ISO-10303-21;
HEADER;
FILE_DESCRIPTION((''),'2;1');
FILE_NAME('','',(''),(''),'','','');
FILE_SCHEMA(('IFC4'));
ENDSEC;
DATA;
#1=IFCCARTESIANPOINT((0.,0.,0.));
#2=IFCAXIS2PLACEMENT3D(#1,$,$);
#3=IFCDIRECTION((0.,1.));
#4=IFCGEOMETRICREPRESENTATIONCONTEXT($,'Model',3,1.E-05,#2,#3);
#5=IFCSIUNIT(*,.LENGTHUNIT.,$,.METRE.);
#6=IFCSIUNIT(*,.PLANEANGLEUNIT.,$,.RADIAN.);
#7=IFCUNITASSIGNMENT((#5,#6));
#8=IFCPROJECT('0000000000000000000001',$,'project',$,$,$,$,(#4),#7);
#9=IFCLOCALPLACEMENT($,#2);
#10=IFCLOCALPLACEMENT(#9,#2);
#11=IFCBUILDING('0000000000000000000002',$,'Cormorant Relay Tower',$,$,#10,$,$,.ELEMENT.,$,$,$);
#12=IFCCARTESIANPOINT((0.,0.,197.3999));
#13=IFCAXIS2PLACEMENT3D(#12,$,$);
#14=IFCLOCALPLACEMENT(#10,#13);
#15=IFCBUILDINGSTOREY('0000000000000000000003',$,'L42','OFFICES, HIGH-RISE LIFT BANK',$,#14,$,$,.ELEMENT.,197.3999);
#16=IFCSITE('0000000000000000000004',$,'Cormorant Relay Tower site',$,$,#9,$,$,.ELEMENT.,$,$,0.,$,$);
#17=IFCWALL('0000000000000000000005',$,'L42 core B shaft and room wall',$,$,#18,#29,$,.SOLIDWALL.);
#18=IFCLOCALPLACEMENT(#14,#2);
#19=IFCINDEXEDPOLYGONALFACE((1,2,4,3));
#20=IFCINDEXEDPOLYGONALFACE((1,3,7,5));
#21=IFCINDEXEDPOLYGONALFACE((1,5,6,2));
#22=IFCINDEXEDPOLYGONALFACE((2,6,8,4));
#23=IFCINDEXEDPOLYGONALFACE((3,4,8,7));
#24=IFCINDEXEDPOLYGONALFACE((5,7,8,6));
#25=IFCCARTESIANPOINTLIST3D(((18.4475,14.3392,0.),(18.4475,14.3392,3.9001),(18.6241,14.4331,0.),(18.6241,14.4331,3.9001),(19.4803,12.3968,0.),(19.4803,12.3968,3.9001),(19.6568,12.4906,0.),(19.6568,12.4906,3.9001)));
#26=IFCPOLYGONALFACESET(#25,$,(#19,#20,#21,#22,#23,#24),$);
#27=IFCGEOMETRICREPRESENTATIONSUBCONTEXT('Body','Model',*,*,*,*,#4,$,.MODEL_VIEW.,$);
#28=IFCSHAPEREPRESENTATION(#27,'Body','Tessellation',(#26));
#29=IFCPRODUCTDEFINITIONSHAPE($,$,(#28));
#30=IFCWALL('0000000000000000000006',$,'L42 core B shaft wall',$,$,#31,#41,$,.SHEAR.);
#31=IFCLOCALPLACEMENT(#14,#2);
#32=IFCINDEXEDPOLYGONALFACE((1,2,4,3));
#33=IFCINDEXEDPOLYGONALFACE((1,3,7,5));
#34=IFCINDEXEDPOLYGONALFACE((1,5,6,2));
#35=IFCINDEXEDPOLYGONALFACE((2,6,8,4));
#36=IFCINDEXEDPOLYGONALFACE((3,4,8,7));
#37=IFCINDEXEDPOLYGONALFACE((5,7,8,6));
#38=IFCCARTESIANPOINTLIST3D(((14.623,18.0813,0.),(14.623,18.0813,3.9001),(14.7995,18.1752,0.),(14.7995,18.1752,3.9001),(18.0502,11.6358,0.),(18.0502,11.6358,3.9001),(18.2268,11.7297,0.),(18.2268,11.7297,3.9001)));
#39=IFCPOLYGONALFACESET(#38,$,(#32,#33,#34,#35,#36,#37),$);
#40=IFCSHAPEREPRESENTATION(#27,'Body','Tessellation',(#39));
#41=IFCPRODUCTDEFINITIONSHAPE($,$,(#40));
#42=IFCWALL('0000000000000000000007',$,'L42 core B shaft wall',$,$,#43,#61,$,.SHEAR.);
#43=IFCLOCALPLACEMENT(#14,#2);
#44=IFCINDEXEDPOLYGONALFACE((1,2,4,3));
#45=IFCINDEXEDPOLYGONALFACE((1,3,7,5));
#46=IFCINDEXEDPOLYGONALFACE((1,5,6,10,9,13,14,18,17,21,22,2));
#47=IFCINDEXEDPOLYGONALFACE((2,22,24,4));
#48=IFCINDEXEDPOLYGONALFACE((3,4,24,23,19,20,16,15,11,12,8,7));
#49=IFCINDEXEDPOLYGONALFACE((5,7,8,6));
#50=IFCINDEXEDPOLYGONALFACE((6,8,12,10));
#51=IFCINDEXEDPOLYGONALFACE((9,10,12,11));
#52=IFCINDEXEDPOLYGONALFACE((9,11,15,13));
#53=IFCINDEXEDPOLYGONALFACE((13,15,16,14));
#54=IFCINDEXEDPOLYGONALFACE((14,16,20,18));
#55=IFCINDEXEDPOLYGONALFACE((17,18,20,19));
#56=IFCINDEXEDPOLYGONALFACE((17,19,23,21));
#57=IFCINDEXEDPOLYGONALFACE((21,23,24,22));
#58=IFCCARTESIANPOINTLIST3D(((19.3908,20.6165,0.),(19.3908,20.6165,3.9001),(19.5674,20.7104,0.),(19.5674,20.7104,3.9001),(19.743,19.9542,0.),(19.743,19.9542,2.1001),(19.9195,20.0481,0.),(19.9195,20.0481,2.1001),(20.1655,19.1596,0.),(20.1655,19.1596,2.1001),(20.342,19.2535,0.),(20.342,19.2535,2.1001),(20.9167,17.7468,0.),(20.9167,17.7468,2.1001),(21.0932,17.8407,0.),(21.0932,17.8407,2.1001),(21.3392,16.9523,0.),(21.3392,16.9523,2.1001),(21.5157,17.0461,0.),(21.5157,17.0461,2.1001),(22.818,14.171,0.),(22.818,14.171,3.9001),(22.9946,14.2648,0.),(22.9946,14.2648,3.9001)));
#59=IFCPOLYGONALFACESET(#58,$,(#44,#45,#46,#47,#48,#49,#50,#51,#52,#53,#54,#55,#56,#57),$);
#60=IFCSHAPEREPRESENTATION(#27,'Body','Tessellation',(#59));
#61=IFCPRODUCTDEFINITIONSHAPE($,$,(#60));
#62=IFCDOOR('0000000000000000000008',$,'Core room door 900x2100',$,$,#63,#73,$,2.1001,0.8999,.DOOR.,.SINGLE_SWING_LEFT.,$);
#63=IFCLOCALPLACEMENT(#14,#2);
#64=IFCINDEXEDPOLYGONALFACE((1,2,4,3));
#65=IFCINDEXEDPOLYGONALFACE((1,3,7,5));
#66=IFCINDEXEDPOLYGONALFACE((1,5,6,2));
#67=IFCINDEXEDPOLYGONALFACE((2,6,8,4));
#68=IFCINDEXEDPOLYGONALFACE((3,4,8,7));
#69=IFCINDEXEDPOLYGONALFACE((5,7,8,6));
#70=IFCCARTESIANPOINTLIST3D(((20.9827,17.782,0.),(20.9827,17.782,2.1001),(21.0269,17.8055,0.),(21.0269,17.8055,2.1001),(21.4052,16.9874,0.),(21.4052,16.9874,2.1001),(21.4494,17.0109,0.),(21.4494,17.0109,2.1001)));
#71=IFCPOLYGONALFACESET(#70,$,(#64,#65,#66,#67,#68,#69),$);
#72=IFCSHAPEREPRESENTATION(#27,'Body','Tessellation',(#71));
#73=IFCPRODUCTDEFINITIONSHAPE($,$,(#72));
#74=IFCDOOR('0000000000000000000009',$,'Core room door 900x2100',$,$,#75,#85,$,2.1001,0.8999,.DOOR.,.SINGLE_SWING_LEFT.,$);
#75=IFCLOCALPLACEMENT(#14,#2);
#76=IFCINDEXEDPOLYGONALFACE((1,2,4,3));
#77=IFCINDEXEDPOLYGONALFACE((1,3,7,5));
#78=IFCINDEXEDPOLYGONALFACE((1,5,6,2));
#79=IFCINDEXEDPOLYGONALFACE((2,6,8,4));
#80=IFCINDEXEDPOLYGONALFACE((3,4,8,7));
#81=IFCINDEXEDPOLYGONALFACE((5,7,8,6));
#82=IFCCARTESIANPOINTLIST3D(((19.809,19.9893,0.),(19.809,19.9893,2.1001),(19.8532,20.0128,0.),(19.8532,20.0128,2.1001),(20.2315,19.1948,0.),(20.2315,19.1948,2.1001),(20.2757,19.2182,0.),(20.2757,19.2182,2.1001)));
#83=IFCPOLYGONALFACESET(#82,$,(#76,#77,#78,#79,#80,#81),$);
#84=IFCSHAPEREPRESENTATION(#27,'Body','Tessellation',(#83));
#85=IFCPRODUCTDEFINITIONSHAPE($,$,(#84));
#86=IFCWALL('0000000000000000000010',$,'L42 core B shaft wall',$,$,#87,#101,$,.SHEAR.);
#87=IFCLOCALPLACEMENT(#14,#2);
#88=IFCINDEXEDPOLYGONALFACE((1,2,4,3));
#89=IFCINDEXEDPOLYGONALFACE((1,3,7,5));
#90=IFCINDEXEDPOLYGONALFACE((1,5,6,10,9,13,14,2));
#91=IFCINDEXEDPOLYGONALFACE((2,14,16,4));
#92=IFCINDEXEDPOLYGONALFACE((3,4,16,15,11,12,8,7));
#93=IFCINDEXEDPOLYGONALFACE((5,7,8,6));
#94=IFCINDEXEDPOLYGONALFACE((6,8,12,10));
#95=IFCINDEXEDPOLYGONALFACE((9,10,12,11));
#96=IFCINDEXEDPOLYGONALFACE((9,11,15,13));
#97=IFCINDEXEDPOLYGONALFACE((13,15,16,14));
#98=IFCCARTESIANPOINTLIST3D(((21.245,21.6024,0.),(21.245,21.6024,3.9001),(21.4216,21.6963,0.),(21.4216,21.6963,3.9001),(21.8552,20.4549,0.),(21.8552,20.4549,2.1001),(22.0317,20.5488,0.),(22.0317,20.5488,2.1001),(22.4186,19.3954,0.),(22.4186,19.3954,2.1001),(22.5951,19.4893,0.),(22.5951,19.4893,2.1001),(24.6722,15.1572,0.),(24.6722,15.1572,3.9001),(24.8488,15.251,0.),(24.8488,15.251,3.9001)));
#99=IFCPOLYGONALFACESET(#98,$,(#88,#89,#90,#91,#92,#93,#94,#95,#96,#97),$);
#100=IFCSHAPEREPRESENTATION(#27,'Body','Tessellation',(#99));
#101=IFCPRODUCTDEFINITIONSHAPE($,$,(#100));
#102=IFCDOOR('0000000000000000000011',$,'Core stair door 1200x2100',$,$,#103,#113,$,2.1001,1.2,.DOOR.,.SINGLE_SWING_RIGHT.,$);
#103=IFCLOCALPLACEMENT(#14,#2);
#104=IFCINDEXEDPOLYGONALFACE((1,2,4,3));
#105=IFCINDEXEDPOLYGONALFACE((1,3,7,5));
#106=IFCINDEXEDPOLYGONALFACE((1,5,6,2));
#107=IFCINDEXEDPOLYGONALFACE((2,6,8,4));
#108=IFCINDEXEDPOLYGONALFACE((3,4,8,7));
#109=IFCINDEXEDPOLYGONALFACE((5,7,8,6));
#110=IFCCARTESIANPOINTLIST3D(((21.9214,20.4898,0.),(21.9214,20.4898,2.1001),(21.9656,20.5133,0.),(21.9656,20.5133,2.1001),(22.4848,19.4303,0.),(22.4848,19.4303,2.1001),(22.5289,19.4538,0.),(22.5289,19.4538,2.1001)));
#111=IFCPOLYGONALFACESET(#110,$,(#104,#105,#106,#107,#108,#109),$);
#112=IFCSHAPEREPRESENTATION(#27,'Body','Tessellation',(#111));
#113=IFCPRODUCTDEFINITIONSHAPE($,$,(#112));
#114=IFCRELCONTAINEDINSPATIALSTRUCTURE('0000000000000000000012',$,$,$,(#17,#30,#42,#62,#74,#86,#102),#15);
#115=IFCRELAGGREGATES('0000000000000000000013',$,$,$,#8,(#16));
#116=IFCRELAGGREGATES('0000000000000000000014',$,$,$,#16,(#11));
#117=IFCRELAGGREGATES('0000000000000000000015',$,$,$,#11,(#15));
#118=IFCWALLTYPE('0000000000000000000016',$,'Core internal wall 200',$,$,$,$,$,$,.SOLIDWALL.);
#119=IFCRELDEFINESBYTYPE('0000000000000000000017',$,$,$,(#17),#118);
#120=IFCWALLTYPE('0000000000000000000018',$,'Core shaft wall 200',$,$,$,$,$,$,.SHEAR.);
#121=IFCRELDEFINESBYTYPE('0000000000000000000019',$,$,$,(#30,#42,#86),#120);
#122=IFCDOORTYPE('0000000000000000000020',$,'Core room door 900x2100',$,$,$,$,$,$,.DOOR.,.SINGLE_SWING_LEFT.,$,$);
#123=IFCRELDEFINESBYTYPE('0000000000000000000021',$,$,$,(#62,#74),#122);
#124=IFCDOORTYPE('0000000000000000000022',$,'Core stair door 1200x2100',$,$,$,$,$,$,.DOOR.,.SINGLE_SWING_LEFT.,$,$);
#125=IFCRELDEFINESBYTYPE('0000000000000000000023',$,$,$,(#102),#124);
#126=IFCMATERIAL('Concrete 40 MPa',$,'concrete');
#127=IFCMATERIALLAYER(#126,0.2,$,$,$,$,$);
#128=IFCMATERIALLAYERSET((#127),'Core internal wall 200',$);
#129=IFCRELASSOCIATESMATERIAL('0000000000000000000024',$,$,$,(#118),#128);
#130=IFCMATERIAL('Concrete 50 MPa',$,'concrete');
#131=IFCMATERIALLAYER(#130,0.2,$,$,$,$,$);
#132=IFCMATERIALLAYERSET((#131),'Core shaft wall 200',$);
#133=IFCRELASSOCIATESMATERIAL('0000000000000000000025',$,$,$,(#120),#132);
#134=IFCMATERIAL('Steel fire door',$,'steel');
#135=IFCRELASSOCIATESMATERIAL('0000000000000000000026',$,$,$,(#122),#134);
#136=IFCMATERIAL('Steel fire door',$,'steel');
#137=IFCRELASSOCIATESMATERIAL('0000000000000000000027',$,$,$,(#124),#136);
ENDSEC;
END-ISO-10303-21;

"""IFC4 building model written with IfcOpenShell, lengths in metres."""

from ifc_helpers import new_model, si_unit, direction, frame, frame_2d, origin, place, context, subcontext, project, spatial, rectangle, extrude, material, layer, layer_set, type_object, element, fill, save


model = new_model("IFC4")

# Units and contexts
model_context = context("Model", 3, precision=1e-05, world=origin(), true_north=direction((0.0, 1.0)))
body_context = subcontext(model_context, "Body", "Model", "MODEL_VIEW")
ifc_project = project(units=[si_unit("LENGTHUNIT", "METRE"), si_unit("PLANEANGLEUNIT", "RADIAN")], contexts=[model_context])

# Site, building, storey
site_placement = place(None, origin())
site = spatial("IfcSite", under=ifc_project, at=site_placement, Name="Cormorant Relay Tower site", CompositionType="ELEMENT", RefElevation=0.0)
building_placement = place(site_placement, origin())
building = spatial("IfcBuilding", under=site, at=building_placement, Name="Cormorant Relay Tower", CompositionType="ELEMENT")
storey_placement = place(building_placement, frame((0.0, 0.0, 197.3999)))
storey = spatial("IfcBuildingStorey", under=building, at=storey_placement, Name="L42", Description="OFFICES, HIGH-RISE LIFT BANK", CompositionType="ELEMENT", Elevation=197.3999)

# Walls
ifc_material_1 = material(Name="Concrete 40 MPa", Category="concrete")
ifc_layer_1 = layer(ifc_material_1, 0.2)
ifc_layer_set_1 = layer_set([ifc_layer_1], Name="Core internal wall 200")
wall_type_1 = type_object("IfcWallType", Name="Core internal wall 200", PredefinedType="SOLIDWALL", material=ifc_layer_set_1)
wall_1_placement = place(storey_placement, frame((19.5686, 12.4436, 0.0), z_axis=(0.0, 0.0, 1.0), x_axis=(-0.469447, 0.88296, 0.0)))
element("IfcWall", 1, at=wall_1_placement, inside=storey, type_object=wall_type_1, Name="L42 core B shaft and room wall", PredefinedType="SOLIDWALL", context=body_context, shape_type="SweptSolid", body=[
    extrude(rectangle(XDim=2.2, YDim=0.2, at=frame_2d((1.1001, 0.0))), origin(), (0.0, 0.0, 1.0), 3.9001),
])
ifc_material_2 = material(Name="Concrete 50 MPa", Category="concrete")
ifc_layer_2 = layer(ifc_material_2, 0.2)
ifc_layer_set_2 = layer_set([ifc_layer_2], Name="Core shaft wall 200")
wall_type_2 = type_object("IfcWallType", Name="Core shaft wall 200", PredefinedType="SHEAR", material=ifc_layer_set_2)
wall_2_placement = place(storey_placement, frame((18.1384, 11.6829, 0.0), z_axis=(0.0, 0.0, 1.0), x_axis=(-0.46948, 0.882943, 0.0)))
element("IfcWall", 2, at=wall_2_placement, inside=storey, type_object=wall_type_2, Name="L42 core B shaft wall", PredefinedType="SHEAR", context=body_context, shape_type="SweptSolid", body=[
    extrude(rectangle(XDim=7.3, YDim=0.2, at=frame_2d((3.6499, 0.0))), origin(), (0.0, 0.0, 1.0), 3.9001),
])

# Wall, openings, doors
wall_3_placement = place(storey_placement, frame((22.9062, 14.218, 0.0), z_axis=(0.0, 0.0, 1.0), x_axis=(-0.46948, 0.882943, 0.0)))
wall_3 = element("IfcWall", 3, at=wall_3_placement, inside=storey, type_object=wall_type_2, Name="L42 core B shaft wall", PredefinedType="SHEAR", context=body_context, shape_type="SweptSolid", body=[
    extrude(rectangle(XDim=7.3, YDim=0.2, at=frame_2d((3.6499, 0.0))), origin(), (0.0, 0.0, 1.0), 3.9001),
])
opening_1_placement = place(wall_3_placement, frame((3.1499, 0.0, 0.0)))
opening_1 = element("IfcOpeningElement", 4, at=opening_1_placement, cuts=wall_3, PredefinedType="OPENING", context=body_context, shape_type="SweptSolid", body=[
    extrude(rectangle(XDim=0.8999, YDim=2.1001, at=frame_2d((0.45, 1.05))), frame((0.0, 0.1099, 0.0), z_axis=(0.0, -1.0, 0.0), x_axis=(1.0, 0.0, 0.0)), (0.0, 0.0, 1.0), 0.22),
])
opening_2_placement = place(wall_3_placement, frame((5.6499, 0.0, 0.0)))
opening_2 = element("IfcOpeningElement", 5, at=opening_2_placement, cuts=wall_3, PredefinedType="OPENING", context=body_context, shape_type="SweptSolid", body=[
    extrude(rectangle(XDim=0.8999, YDim=2.1001, at=frame_2d((0.45, 1.05))), frame((0.0, 0.1099, 0.0), z_axis=(0.0, -1.0, 0.0), x_axis=(1.0, 0.0, 0.0)), (0.0, 0.0, 1.0), 0.22),
])
ifc_material_3 = material(Name="Steel fire door", Category="steel")
door_type_1 = type_object("IfcDoorType", Name="Core room door 900x2100", OperationType="SINGLE_SWING_LEFT", PredefinedType="DOOR", material=ifc_material_3)
door_1_placement = place(opening_1_placement, frame((0.8999, 0.0, 0.0), z_axis=(0.0, 0.0, 1.0), x_axis=(-1.0, 0.0, 0.0)))
door_1 = element("IfcDoor", 6, at=door_1_placement, inside=storey, type_object=door_type_1, Name="Core room door 900x2100", OperationType="SINGLE_SWING_LEFT", OverallHeight=2.1001, OverallWidth=0.8999, PredefinedType="DOOR", context=body_context, shape_type="SweptSolid", body=[
    extrude(rectangle(XDim=0.8999, YDim=2.1001, at=frame_2d((0.45, 1.05))), frame((0.0, 0.0249, 0.0), z_axis=(0.0, -1.0, 0.0), x_axis=(1.0, 0.0, 0.0)), (0.0, 0.0, 1.0), 0.05),
])
fill(opening_1, door_1)
door_2_placement = place(opening_2_placement, frame((0.8999, 0.0, 0.0), z_axis=(0.0, 0.0, 1.0), x_axis=(-1.0, 0.0, 0.0)))
door_2 = element("IfcDoor", 7, at=door_2_placement, inside=storey, type_object=door_type_1, Name="Core room door 900x2100", OperationType="SINGLE_SWING_LEFT", OverallHeight=2.1001, OverallWidth=0.8999, PredefinedType="DOOR", context=body_context, shape_type="SweptSolid", body=[
    extrude(rectangle(XDim=0.8999, YDim=2.1001, at=frame_2d((0.45, 1.05))), frame((0.0, 0.0249, 0.0), z_axis=(0.0, -1.0, 0.0), x_axis=(1.0, 0.0, 0.0)), (0.0, 0.0, 1.0), 0.05),
])
fill(opening_2, door_2)

# Wall, opening, door
wall_4_placement = place(storey_placement, frame((24.7605, 15.2041, 0.0), z_axis=(0.0, 0.0, 1.0), x_axis=(-0.469494, 0.882936, 0.0)))
wall_4 = element("IfcWall", 8, at=wall_4_placement, inside=storey, type_object=wall_type_2, Name="L42 core B shaft wall", PredefinedType="SHEAR", context=body_context, shape_type="SweptSolid", body=[
    extrude(rectangle(XDim=7.2998, YDim=0.2, at=frame_2d((3.6499, 0.0))), origin(), (0.0, 0.0, 1.0), 3.9001),
])
opening_3_placement = place(wall_4_placement, frame((4.8, 0.0, 0.0)))
opening_3 = element("IfcOpeningElement", 9, at=opening_3_placement, cuts=wall_4, PredefinedType="OPENING", context=body_context, shape_type="SweptSolid", body=[
    extrude(rectangle(XDim=1.2, YDim=2.1001, at=frame_2d((0.6001, 1.05))), frame((0.0, 0.1099, 0.0), z_axis=(0.0, -1.0, 0.0), x_axis=(1.0, 0.0, 0.0)), (0.0, 0.0, 1.0), 0.22),
])
ifc_material_4 = material(Name="Steel fire door", Category="steel")
door_type_2 = type_object("IfcDoorType", Name="Core stair door 1200x2100", OperationType="SINGLE_SWING_LEFT", PredefinedType="DOOR", material=ifc_material_4)
door_3_placement = place(opening_3_placement, frame((1.2, 0.0, 0.0), z_axis=(0.0, 0.0, 1.0), x_axis=(-1.0, 0.0, 0.0)))
door_3 = element("IfcDoor", 10, at=door_3_placement, inside=storey, type_object=door_type_2, Name="Core stair door 1200x2100", OperationType="SINGLE_SWING_RIGHT", OverallHeight=2.1001, OverallWidth=1.2, PredefinedType="DOOR", context=body_context, shape_type="SweptSolid", body=[
    extrude(rectangle(XDim=1.2, YDim=2.1001, at=frame_2d((0.6001, 1.05))), frame((0.0, 0.0249, 0.0), z_axis=(0.0, -1.0, 0.0), x_axis=(1.0, 0.0, 0.0)), (0.0, 0.0, 1.0), 0.05),
])
fill(opening_3, door_3)

save(model, "model.ifc")
